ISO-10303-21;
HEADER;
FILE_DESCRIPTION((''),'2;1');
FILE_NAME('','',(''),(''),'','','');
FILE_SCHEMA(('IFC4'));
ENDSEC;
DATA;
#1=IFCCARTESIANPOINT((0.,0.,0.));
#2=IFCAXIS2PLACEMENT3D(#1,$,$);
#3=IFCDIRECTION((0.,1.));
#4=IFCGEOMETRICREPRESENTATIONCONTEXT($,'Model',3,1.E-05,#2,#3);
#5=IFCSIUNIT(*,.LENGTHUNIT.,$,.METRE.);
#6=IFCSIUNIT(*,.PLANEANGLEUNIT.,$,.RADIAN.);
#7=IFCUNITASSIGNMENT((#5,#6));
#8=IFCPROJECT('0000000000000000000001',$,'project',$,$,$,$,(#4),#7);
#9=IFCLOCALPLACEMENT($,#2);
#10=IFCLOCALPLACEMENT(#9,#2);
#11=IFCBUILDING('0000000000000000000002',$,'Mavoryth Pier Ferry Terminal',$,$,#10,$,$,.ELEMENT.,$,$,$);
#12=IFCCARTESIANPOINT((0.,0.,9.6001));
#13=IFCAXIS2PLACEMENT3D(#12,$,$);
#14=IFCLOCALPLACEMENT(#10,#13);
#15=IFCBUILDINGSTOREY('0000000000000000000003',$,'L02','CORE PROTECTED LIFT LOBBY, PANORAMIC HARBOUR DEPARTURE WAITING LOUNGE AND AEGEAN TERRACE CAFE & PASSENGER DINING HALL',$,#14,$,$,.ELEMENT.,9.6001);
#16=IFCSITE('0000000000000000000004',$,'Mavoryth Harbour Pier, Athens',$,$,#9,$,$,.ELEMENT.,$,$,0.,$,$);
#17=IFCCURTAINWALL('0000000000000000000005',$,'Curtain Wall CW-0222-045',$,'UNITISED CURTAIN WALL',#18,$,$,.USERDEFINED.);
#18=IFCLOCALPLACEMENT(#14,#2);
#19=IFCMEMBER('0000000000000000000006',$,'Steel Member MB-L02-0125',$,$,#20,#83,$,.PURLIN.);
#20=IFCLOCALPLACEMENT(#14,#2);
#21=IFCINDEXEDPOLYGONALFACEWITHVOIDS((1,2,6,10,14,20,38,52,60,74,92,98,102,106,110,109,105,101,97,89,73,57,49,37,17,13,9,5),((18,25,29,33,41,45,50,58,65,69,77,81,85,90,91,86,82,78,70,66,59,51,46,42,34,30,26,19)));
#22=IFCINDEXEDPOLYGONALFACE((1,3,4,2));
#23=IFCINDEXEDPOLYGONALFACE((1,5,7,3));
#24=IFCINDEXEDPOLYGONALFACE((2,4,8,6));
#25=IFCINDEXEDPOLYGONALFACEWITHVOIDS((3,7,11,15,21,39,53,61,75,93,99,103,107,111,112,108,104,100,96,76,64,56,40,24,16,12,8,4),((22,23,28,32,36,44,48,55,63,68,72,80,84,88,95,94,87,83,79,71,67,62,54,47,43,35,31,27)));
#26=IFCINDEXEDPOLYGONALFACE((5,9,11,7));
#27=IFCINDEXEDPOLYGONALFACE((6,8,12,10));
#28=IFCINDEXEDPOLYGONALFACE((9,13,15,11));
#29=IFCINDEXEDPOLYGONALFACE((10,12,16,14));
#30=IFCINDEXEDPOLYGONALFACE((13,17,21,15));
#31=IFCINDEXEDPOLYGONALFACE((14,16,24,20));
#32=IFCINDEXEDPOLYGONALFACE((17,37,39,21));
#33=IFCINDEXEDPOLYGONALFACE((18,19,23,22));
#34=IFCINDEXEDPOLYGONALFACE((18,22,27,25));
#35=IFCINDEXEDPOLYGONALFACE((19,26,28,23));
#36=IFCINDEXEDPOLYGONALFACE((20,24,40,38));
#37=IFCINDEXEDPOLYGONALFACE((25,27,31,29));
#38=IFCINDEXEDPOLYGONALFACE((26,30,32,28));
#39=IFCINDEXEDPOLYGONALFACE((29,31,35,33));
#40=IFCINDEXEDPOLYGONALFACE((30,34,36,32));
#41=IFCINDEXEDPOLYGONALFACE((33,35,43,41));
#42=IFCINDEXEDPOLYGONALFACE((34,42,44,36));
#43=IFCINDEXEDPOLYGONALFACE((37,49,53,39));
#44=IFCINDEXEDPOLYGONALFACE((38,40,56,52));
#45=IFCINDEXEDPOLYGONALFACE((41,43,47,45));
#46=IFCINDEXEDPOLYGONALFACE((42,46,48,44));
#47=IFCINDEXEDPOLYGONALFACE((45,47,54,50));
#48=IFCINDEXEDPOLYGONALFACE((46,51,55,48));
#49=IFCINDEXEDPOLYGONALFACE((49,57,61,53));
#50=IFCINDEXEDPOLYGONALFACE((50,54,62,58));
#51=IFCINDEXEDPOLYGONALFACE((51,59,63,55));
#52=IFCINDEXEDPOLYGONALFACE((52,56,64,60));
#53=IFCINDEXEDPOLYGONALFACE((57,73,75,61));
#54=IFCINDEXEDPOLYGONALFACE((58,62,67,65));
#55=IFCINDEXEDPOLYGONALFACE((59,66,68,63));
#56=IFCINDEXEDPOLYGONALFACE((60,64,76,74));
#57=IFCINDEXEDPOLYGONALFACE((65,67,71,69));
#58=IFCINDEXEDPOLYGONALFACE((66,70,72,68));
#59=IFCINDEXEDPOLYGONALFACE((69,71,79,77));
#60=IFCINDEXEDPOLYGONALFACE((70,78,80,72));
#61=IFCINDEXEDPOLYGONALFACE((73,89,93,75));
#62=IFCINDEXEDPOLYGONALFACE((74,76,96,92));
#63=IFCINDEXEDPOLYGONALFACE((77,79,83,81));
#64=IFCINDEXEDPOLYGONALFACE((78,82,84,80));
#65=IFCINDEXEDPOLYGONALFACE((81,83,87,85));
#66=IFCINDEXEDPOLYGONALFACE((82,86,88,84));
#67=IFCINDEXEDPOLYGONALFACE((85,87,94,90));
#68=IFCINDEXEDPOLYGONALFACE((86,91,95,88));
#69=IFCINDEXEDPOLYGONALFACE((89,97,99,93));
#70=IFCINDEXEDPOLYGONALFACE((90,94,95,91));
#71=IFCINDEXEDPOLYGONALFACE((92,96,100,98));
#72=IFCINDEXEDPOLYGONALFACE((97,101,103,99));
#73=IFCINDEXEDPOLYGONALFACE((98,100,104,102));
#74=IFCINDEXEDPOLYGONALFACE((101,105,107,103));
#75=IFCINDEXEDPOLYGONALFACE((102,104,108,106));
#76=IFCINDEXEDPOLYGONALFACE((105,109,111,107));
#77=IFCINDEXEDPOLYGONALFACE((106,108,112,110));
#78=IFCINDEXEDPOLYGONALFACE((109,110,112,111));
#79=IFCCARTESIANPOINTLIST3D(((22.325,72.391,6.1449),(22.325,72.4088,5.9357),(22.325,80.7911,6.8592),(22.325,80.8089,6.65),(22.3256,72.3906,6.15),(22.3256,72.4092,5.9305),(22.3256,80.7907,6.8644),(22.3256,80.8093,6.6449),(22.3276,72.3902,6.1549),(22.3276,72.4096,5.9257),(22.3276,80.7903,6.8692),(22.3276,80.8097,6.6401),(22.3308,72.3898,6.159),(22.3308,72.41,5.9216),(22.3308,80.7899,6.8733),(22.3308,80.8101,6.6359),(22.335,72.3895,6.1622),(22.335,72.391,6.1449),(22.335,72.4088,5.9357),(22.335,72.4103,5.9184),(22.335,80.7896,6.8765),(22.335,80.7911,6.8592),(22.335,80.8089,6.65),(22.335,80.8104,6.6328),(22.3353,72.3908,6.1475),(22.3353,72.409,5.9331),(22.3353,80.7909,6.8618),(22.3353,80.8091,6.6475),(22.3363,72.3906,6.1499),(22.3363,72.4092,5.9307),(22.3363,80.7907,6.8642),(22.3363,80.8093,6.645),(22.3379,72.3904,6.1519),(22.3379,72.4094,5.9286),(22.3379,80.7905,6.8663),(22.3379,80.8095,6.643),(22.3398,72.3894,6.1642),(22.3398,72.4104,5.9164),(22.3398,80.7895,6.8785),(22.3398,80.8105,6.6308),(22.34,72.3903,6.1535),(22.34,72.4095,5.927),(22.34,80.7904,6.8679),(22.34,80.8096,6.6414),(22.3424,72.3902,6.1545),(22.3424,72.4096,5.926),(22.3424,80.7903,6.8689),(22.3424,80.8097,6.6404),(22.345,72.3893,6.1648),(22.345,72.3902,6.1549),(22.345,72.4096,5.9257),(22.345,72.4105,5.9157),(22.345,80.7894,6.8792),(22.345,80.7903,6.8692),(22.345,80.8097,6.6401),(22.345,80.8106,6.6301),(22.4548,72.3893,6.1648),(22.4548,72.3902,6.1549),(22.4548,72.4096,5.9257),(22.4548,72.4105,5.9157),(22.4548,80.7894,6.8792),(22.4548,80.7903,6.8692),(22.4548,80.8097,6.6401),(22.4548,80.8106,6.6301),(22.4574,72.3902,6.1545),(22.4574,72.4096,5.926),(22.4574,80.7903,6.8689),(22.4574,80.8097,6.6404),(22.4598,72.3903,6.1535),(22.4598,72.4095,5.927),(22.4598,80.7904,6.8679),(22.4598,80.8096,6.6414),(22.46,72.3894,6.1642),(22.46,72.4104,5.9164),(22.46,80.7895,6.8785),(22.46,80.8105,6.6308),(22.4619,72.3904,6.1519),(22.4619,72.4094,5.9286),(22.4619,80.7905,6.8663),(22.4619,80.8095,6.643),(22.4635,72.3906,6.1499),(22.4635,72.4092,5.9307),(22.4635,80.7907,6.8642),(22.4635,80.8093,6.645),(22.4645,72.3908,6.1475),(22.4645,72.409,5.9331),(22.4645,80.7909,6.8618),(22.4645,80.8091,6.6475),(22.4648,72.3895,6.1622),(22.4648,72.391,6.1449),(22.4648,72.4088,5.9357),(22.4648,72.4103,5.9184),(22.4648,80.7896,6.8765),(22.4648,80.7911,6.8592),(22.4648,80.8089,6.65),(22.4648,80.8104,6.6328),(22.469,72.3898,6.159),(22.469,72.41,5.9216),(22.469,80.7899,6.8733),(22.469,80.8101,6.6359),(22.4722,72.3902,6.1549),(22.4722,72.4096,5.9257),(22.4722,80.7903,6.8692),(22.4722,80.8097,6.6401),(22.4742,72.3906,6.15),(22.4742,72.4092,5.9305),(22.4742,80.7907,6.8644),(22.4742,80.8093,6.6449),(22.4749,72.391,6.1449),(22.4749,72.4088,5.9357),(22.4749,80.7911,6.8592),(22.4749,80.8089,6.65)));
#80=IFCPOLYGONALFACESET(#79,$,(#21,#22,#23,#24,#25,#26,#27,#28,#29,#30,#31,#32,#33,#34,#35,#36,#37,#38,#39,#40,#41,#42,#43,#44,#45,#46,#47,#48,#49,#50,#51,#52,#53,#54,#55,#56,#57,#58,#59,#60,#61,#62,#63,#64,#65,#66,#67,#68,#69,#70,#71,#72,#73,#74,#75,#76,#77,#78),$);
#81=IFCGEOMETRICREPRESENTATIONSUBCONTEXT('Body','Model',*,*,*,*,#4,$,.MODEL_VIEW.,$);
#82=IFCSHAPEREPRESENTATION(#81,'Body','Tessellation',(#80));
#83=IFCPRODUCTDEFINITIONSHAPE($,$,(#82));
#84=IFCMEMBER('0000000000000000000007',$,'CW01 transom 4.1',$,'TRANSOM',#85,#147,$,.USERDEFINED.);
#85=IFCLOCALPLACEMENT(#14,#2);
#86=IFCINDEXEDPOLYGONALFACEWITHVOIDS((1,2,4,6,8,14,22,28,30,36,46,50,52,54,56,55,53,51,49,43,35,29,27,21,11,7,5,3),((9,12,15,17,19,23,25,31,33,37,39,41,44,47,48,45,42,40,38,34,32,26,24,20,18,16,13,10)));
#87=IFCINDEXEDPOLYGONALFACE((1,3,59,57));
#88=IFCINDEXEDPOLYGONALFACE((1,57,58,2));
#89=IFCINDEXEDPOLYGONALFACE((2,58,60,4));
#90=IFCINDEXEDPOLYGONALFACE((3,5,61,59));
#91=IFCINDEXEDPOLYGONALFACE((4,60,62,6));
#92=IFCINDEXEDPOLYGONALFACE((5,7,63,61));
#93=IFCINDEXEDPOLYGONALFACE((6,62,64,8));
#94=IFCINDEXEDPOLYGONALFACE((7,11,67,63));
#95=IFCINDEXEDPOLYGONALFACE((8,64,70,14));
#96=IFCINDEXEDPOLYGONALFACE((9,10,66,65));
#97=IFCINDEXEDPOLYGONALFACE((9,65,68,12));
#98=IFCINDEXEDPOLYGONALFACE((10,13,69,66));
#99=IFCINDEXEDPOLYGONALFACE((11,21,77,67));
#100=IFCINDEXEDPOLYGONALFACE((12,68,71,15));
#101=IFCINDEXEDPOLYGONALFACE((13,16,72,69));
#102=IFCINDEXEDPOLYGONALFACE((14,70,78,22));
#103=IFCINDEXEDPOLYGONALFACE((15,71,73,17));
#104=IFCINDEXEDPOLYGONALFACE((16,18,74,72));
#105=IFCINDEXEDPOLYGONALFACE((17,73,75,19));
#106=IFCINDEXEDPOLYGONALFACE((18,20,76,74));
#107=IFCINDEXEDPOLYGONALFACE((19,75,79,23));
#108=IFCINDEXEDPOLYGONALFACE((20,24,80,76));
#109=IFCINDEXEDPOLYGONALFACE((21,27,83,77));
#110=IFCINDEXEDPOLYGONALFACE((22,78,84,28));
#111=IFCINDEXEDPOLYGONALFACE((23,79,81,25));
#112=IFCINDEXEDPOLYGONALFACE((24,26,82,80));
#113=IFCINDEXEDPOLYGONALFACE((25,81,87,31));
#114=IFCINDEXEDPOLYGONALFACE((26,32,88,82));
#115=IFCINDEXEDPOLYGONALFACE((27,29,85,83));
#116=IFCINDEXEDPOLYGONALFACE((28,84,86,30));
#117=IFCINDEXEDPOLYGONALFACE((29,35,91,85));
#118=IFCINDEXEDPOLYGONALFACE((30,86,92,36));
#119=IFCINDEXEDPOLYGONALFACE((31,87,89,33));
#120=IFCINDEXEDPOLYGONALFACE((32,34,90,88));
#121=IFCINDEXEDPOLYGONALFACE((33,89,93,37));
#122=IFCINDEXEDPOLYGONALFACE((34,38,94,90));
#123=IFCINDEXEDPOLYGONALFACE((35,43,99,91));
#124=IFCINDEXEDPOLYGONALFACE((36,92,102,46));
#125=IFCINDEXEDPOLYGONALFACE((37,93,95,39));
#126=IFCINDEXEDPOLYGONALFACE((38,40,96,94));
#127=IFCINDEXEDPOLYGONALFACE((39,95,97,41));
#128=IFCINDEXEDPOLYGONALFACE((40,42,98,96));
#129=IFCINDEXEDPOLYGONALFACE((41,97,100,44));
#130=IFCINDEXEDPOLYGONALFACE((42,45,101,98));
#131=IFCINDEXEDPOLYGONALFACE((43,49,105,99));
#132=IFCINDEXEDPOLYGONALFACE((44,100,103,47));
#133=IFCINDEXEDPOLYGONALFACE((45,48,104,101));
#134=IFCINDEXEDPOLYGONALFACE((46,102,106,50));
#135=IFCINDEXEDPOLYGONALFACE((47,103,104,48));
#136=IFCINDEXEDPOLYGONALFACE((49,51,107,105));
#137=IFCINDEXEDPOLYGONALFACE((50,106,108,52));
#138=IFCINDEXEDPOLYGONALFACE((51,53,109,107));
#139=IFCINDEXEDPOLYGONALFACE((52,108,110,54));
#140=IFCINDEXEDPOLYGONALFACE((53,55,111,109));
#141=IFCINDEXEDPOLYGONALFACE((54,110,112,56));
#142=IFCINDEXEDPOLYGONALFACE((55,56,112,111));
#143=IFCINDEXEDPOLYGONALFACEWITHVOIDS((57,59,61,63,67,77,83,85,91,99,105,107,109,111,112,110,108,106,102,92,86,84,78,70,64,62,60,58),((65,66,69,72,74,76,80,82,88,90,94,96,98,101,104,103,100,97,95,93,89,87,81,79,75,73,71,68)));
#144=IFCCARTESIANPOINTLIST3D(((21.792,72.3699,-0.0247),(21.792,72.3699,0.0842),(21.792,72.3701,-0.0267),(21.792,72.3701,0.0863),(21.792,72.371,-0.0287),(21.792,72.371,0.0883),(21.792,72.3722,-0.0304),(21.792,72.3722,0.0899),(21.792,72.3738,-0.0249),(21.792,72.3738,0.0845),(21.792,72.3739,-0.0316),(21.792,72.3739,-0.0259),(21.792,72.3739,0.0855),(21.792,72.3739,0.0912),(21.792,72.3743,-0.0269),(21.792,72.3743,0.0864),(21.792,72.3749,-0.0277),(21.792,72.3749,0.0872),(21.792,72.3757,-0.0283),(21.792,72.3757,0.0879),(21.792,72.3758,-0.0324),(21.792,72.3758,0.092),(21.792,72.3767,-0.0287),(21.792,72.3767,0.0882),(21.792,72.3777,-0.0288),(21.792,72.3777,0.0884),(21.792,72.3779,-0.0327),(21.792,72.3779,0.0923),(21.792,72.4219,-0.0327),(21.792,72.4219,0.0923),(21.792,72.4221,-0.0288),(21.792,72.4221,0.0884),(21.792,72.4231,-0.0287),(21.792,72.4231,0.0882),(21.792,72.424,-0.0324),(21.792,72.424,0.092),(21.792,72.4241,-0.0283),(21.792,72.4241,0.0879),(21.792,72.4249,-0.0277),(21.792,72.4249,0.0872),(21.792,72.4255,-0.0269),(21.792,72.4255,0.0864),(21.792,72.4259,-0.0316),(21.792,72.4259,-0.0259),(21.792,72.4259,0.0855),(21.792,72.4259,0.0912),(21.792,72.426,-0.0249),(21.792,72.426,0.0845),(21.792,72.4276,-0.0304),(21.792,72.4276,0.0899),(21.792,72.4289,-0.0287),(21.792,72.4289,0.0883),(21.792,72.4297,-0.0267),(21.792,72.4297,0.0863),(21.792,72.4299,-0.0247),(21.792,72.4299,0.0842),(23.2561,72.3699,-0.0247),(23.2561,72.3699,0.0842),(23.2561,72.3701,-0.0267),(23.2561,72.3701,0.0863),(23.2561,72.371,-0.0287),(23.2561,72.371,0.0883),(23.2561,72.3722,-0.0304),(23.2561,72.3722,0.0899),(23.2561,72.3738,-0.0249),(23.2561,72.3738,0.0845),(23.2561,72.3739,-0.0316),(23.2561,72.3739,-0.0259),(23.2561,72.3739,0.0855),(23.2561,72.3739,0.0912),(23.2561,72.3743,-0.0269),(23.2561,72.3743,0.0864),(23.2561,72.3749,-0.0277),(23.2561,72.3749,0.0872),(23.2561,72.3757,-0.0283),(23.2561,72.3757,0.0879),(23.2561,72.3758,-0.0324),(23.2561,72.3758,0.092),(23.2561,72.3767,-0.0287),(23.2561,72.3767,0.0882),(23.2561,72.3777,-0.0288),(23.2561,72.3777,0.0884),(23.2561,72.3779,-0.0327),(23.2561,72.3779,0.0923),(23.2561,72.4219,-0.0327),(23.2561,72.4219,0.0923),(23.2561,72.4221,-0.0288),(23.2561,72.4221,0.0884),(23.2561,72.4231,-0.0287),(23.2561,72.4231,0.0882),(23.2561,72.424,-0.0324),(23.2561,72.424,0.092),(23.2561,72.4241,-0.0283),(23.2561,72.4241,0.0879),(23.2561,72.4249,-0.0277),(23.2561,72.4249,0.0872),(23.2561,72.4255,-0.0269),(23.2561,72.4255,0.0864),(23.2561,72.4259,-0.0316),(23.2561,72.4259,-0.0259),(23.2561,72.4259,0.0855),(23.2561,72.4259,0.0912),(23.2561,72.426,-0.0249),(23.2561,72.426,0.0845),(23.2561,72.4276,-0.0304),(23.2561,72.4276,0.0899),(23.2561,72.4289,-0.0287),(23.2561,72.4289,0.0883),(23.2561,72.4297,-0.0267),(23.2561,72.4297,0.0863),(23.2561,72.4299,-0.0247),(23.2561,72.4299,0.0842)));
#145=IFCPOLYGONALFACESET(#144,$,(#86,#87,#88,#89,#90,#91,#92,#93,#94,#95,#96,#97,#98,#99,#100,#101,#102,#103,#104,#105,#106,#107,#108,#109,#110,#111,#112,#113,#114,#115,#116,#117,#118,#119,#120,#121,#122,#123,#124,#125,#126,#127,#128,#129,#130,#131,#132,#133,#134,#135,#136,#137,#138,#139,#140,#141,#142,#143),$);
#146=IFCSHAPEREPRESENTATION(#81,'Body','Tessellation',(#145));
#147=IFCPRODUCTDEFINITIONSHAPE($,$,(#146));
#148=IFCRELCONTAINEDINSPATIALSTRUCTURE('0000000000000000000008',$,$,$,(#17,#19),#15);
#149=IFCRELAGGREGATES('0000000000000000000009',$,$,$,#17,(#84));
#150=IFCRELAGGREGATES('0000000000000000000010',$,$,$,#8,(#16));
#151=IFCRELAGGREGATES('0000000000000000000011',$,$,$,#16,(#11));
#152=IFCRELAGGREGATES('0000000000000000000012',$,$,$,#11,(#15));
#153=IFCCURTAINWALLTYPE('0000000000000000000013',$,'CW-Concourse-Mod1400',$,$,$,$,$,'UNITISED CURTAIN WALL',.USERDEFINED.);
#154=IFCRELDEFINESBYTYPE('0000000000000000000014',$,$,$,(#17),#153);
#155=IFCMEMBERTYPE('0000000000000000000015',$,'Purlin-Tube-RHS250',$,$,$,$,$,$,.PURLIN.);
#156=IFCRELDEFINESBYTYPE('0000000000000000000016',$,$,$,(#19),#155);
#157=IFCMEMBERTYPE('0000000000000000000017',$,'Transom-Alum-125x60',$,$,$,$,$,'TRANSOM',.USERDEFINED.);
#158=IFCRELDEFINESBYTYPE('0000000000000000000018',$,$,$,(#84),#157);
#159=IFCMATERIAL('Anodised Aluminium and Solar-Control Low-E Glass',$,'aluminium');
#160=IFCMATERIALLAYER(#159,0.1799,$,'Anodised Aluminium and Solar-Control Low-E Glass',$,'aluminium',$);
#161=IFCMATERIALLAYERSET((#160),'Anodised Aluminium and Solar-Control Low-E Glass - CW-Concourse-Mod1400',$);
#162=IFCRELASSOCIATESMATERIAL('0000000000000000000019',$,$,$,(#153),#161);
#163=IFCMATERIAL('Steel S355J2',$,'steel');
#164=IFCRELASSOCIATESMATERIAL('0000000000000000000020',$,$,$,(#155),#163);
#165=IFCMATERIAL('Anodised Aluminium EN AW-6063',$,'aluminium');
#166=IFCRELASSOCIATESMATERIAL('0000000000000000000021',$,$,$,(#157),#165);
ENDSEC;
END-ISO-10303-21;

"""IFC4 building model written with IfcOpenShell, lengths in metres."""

from ifc_helpers import new_model, si_unit, direction, frame, origin, origin_2d, place, context, subcontext, project, spatial, hollow_rectangle, extrude, material, layer, layer_set, material_profile, profile_set, type_object, element, aggregate, save


model = new_model("IFC4")

# Units and contexts
model_context = context("Model", 3, precision=1e-05, world=origin(), true_north=direction((0.0, 1.0)))
body_context = subcontext(model_context, "Body", "Model", "MODEL_VIEW")
ifc_project = project(units=[si_unit("LENGTHUNIT", "METRE"), si_unit("PLANEANGLEUNIT", "RADIAN")], contexts=[model_context])

# Site, building, storey
site_placement = place(None, origin())
site = spatial("IfcSite", under=ifc_project, at=site_placement, Name="Mavoryth Harbour Pier, Athens", CompositionType="ELEMENT", RefElevation=0.0)
building_placement = place(site_placement, origin())
building = spatial("IfcBuilding", under=site, at=building_placement, Name="Mavoryth Pier Ferry Terminal", CompositionType="ELEMENT")
storey_placement = place(building_placement, frame((0.0, 0.0, 9.6001)))
storey = spatial("IfcBuildingStorey", under=building, at=storey_placement, Name="L02", Description="CORE PROTECTED LIFT LOBBY, PANORAMIC HARBOUR DEPARTURE WAITING LOUNGE AND AEGEAN TERRACE CAFE & PASSENGER DINING HALL", CompositionType="ELEMENT", Elevation=9.6001)

# Shared definitions
ifc_material_1 = material(Name="Steel S355J2", Category="steel")

# Curtain wall
ifc_material_2 = material(Name="Anodised Aluminium and Solar-Control Low-E Glass", Category="aluminium")
ifc_layer_1 = layer(ifc_material_2, 0.1799, Name="Anodised Aluminium and Solar-Control Low-E Glass", Category="aluminium")
ifc_layer_set_1 = layer_set([ifc_layer_1], Name="Anodised Aluminium and Solar-Control Low-E Glass - CW-Concourse-Mod1400")
curtain_wall_type = type_object("IfcCurtainWallType", Name="CW-Concourse-Mod1400", ElementType="UNITISED CURTAIN WALL", PredefinedType="USERDEFINED", material=ifc_layer_set_1)
curtain_wall_placement = place(storey_placement, origin())
curtain_wall = element("IfcCurtainWall", 1, at=curtain_wall_placement, inside=storey, type_object=curtain_wall_type, Name="Curtain Wall CW-0222-045", ObjectType="UNITISED CURTAIN WALL", PredefinedType="USERDEFINED")
ifc_material_3 = material(Name="Anodised Aluminium EN AW-6063", Category="aluminium")

# Members
ifc_material_profile_1 = material_profile(ifc_material_1, hollow_rectangle(XDim=0.1499, YDim=0.25, WallThickness=0.01, InnerFilletRadius=0.01, OuterFilletRadius=0.02, at=origin_2d()), Name="RHS 250x150x10.0", Category="steel")
ifc_profile_set_1 = profile_set([ifc_material_profile_1], Name="Steel S355J2 - RHS 250x150x10.0")
member_type_1 = type_object("IfcMemberType", Name="Purlin-Tube-RHS250", PredefinedType="PURLIN", material=ifc_profile_set_1)
member_1_placement = place(storey_placement, frame((22.3999, 72.3999, 6.0403), z_axis=(0.0, 0.996404, 0.084735), x_axis=(-1.0, 0.0, 0.0)))
element("IfcMember", 2, at=member_1_placement, inside=storey, type_object=member_type_1, Name="Steel Member MB-L02-0125", PredefinedType="PURLIN", context=body_context, shape_type="SweptSolid", body=[
    extrude(hollow_rectangle(XDim=0.1499, YDim=0.25, WallThickness=0.01, InnerFilletRadius=0.01, OuterFilletRadius=0.02, at=origin_2d()), origin(), (0.0, 0.0, 1.0), 8.4304),
])
ifc_material_profile_2 = material_profile(ifc_material_3, hollow_rectangle(XDim=0.0601, YDim=0.125, WallThickness=0.0039, InnerFilletRadius=0.0039, OuterFilletRadius=0.0081, at=origin_2d()), Name="AL-TRAN 125x60x4", Category="aluminium")
ifc_profile_set_2 = profile_set([ifc_material_profile_2], Name="Anodised Aluminium EN AW-6063 - AL-TRAN 125x60x4")
member_type_2 = type_object("IfcMemberType", Name="Transom-Alum-125x60", ElementType="TRANSOM", PredefinedType="USERDEFINED", material=ifc_profile_set_2)
member_2_placement = place(storey_placement, frame((21.792, 72.3999, 0.0298), z_axis=(1.0, 0.0, 0.0), x_axis=(0.0, 1.0, 0.0)))
member_2 = element("IfcMember", 3, at=member_2_placement, type_object=member_type_2, Name="CW01 transom 4.1", ObjectType="TRANSOM", PredefinedType="USERDEFINED", context=body_context, shape_type="SweptSolid", body=[
    extrude(hollow_rectangle(XDim=0.0601, YDim=0.125, WallThickness=0.0039, InnerFilletRadius=0.0039, OuterFilletRadius=0.0081, at=origin_2d()), origin(), (0.0, 0.0, 1.0), 1.4641),
])

aggregate(curtain_wall, [member_2])

save(model, "model.ifc")
